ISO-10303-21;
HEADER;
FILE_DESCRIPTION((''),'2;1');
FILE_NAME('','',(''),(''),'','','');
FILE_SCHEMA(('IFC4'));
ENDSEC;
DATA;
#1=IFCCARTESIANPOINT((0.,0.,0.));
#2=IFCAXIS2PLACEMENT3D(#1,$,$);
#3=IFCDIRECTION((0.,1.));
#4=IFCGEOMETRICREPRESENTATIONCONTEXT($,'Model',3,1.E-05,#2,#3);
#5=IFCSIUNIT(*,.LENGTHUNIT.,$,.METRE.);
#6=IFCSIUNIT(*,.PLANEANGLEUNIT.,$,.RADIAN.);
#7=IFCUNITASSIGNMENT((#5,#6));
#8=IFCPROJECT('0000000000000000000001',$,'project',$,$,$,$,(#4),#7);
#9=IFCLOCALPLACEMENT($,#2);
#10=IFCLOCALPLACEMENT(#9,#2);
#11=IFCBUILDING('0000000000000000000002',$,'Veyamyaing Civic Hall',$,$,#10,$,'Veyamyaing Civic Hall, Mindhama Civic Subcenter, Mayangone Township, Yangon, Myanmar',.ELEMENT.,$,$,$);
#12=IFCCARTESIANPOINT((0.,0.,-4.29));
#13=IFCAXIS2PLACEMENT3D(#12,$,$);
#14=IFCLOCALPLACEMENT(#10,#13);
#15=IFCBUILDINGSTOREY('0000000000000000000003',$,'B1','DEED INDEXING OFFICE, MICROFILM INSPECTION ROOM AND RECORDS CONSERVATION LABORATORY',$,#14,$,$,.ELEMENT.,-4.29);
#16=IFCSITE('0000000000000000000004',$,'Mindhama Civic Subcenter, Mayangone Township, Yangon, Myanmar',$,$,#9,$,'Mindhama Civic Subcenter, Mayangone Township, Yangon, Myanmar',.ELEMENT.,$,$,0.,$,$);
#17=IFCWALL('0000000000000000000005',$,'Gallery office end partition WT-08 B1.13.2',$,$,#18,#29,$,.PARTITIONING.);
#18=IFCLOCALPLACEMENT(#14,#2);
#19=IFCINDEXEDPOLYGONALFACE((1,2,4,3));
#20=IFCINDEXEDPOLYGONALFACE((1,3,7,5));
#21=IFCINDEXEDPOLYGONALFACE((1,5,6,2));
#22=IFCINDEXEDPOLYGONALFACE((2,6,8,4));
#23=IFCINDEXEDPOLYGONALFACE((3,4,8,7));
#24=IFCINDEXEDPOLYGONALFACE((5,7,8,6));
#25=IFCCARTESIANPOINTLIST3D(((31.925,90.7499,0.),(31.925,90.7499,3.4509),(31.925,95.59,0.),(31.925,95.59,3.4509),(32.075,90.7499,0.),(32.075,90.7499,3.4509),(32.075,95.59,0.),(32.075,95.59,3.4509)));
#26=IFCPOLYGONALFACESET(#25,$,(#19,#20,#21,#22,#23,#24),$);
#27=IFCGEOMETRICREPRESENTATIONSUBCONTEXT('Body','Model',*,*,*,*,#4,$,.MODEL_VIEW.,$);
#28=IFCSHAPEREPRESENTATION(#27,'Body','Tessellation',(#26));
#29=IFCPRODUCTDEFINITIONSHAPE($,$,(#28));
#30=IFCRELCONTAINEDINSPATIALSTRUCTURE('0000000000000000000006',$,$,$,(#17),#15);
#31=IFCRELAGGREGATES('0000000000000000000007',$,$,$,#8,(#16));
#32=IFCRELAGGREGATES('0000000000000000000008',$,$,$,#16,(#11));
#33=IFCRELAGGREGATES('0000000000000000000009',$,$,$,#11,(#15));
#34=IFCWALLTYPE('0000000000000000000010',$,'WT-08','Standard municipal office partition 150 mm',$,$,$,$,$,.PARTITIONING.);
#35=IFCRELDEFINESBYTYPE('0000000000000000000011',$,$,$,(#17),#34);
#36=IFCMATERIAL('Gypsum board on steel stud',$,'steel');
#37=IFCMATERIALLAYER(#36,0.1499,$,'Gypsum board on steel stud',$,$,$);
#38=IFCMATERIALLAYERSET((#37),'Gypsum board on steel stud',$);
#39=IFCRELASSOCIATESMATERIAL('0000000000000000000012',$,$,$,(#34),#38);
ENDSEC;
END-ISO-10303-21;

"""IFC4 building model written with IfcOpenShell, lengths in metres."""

from ifc_helpers import new_model, si_unit, direction, frame, frame_2d, origin, place, context, subcontext, project, spatial, rectangle, extrude, material, layer, layer_set, type_object, element, save


model = new_model("IFC4")

# Units and contexts
model_context = context("Model", 3, precision=1e-05, world=origin(), true_north=direction((0.0, 1.0)))
body_context = subcontext(model_context, "Body", "Model", "MODEL_VIEW")
ifc_project = project(units=[si_unit("LENGTHUNIT", "METRE"), si_unit("PLANEANGLEUNIT", "RADIAN")], contexts=[model_context])

# Site, building, storey
site_placement = place(None, origin())
site = spatial("IfcSite", under=ifc_project, at=site_placement, Name="Mindhama Civic Subcenter, Mayangone Township, Yangon, Myanmar", LongName="Mindhama Civic Subcenter, Mayangone Township, Yangon, Myanmar", CompositionType="ELEMENT", RefElevation=0.0)
building_placement = place(site_placement, origin())
building = spatial("IfcBuilding", under=site, at=building_placement, Name="Veyamyaing Civic Hall", LongName="Veyamyaing Civic Hall, Mindhama Civic Subcenter, Mayangone Township, Yangon, Myanmar", CompositionType="ELEMENT")
storey_placement = place(building_placement, frame((0.0, 0.0, -4.29)))
storey = spatial("IfcBuildingStorey", under=building, at=storey_placement, Name="B1", Description="DEED INDEXING OFFICE, MICROFILM INSPECTION ROOM AND RECORDS CONSERVATION LABORATORY", CompositionType="ELEMENT", Elevation=-4.29)

# Wall
ifc_material_1 = material(Name="Gypsum board on steel stud", Category="steel")
ifc_layer_1 = layer(ifc_material_1, 0.1499, Name="Gypsum board on steel stud")
ifc_layer_set_1 = layer_set([ifc_layer_1], Name="Gypsum board on steel stud")
wall_type_1 = type_object("IfcWallType", Name="WT-08", Description="Standard municipal office partition 150 mm", PredefinedType="PARTITIONING", material=ifc_layer_set_1)
wall_1_placement = place(storey_placement, frame((32.0, 90.75, 0.0), z_axis=(0.0, 0.0, 1.0), x_axis=(0.0, 1.0, 0.0)))
element("IfcWall", 1, at=wall_1_placement, inside=storey, type_object=wall_type_1, Name="Gallery office end partition WT-08 B1.13.2", PredefinedType="PARTITIONING", context=body_context, shape_type="SweptSolid", body=[
    extrude(rectangle(XDim=4.8401, YDim=0.1499, at=frame_2d((2.4199, 0.0))), origin(), (0.0, 0.0, 1.0), 3.4509),
])

save(model, "model.ifc")
